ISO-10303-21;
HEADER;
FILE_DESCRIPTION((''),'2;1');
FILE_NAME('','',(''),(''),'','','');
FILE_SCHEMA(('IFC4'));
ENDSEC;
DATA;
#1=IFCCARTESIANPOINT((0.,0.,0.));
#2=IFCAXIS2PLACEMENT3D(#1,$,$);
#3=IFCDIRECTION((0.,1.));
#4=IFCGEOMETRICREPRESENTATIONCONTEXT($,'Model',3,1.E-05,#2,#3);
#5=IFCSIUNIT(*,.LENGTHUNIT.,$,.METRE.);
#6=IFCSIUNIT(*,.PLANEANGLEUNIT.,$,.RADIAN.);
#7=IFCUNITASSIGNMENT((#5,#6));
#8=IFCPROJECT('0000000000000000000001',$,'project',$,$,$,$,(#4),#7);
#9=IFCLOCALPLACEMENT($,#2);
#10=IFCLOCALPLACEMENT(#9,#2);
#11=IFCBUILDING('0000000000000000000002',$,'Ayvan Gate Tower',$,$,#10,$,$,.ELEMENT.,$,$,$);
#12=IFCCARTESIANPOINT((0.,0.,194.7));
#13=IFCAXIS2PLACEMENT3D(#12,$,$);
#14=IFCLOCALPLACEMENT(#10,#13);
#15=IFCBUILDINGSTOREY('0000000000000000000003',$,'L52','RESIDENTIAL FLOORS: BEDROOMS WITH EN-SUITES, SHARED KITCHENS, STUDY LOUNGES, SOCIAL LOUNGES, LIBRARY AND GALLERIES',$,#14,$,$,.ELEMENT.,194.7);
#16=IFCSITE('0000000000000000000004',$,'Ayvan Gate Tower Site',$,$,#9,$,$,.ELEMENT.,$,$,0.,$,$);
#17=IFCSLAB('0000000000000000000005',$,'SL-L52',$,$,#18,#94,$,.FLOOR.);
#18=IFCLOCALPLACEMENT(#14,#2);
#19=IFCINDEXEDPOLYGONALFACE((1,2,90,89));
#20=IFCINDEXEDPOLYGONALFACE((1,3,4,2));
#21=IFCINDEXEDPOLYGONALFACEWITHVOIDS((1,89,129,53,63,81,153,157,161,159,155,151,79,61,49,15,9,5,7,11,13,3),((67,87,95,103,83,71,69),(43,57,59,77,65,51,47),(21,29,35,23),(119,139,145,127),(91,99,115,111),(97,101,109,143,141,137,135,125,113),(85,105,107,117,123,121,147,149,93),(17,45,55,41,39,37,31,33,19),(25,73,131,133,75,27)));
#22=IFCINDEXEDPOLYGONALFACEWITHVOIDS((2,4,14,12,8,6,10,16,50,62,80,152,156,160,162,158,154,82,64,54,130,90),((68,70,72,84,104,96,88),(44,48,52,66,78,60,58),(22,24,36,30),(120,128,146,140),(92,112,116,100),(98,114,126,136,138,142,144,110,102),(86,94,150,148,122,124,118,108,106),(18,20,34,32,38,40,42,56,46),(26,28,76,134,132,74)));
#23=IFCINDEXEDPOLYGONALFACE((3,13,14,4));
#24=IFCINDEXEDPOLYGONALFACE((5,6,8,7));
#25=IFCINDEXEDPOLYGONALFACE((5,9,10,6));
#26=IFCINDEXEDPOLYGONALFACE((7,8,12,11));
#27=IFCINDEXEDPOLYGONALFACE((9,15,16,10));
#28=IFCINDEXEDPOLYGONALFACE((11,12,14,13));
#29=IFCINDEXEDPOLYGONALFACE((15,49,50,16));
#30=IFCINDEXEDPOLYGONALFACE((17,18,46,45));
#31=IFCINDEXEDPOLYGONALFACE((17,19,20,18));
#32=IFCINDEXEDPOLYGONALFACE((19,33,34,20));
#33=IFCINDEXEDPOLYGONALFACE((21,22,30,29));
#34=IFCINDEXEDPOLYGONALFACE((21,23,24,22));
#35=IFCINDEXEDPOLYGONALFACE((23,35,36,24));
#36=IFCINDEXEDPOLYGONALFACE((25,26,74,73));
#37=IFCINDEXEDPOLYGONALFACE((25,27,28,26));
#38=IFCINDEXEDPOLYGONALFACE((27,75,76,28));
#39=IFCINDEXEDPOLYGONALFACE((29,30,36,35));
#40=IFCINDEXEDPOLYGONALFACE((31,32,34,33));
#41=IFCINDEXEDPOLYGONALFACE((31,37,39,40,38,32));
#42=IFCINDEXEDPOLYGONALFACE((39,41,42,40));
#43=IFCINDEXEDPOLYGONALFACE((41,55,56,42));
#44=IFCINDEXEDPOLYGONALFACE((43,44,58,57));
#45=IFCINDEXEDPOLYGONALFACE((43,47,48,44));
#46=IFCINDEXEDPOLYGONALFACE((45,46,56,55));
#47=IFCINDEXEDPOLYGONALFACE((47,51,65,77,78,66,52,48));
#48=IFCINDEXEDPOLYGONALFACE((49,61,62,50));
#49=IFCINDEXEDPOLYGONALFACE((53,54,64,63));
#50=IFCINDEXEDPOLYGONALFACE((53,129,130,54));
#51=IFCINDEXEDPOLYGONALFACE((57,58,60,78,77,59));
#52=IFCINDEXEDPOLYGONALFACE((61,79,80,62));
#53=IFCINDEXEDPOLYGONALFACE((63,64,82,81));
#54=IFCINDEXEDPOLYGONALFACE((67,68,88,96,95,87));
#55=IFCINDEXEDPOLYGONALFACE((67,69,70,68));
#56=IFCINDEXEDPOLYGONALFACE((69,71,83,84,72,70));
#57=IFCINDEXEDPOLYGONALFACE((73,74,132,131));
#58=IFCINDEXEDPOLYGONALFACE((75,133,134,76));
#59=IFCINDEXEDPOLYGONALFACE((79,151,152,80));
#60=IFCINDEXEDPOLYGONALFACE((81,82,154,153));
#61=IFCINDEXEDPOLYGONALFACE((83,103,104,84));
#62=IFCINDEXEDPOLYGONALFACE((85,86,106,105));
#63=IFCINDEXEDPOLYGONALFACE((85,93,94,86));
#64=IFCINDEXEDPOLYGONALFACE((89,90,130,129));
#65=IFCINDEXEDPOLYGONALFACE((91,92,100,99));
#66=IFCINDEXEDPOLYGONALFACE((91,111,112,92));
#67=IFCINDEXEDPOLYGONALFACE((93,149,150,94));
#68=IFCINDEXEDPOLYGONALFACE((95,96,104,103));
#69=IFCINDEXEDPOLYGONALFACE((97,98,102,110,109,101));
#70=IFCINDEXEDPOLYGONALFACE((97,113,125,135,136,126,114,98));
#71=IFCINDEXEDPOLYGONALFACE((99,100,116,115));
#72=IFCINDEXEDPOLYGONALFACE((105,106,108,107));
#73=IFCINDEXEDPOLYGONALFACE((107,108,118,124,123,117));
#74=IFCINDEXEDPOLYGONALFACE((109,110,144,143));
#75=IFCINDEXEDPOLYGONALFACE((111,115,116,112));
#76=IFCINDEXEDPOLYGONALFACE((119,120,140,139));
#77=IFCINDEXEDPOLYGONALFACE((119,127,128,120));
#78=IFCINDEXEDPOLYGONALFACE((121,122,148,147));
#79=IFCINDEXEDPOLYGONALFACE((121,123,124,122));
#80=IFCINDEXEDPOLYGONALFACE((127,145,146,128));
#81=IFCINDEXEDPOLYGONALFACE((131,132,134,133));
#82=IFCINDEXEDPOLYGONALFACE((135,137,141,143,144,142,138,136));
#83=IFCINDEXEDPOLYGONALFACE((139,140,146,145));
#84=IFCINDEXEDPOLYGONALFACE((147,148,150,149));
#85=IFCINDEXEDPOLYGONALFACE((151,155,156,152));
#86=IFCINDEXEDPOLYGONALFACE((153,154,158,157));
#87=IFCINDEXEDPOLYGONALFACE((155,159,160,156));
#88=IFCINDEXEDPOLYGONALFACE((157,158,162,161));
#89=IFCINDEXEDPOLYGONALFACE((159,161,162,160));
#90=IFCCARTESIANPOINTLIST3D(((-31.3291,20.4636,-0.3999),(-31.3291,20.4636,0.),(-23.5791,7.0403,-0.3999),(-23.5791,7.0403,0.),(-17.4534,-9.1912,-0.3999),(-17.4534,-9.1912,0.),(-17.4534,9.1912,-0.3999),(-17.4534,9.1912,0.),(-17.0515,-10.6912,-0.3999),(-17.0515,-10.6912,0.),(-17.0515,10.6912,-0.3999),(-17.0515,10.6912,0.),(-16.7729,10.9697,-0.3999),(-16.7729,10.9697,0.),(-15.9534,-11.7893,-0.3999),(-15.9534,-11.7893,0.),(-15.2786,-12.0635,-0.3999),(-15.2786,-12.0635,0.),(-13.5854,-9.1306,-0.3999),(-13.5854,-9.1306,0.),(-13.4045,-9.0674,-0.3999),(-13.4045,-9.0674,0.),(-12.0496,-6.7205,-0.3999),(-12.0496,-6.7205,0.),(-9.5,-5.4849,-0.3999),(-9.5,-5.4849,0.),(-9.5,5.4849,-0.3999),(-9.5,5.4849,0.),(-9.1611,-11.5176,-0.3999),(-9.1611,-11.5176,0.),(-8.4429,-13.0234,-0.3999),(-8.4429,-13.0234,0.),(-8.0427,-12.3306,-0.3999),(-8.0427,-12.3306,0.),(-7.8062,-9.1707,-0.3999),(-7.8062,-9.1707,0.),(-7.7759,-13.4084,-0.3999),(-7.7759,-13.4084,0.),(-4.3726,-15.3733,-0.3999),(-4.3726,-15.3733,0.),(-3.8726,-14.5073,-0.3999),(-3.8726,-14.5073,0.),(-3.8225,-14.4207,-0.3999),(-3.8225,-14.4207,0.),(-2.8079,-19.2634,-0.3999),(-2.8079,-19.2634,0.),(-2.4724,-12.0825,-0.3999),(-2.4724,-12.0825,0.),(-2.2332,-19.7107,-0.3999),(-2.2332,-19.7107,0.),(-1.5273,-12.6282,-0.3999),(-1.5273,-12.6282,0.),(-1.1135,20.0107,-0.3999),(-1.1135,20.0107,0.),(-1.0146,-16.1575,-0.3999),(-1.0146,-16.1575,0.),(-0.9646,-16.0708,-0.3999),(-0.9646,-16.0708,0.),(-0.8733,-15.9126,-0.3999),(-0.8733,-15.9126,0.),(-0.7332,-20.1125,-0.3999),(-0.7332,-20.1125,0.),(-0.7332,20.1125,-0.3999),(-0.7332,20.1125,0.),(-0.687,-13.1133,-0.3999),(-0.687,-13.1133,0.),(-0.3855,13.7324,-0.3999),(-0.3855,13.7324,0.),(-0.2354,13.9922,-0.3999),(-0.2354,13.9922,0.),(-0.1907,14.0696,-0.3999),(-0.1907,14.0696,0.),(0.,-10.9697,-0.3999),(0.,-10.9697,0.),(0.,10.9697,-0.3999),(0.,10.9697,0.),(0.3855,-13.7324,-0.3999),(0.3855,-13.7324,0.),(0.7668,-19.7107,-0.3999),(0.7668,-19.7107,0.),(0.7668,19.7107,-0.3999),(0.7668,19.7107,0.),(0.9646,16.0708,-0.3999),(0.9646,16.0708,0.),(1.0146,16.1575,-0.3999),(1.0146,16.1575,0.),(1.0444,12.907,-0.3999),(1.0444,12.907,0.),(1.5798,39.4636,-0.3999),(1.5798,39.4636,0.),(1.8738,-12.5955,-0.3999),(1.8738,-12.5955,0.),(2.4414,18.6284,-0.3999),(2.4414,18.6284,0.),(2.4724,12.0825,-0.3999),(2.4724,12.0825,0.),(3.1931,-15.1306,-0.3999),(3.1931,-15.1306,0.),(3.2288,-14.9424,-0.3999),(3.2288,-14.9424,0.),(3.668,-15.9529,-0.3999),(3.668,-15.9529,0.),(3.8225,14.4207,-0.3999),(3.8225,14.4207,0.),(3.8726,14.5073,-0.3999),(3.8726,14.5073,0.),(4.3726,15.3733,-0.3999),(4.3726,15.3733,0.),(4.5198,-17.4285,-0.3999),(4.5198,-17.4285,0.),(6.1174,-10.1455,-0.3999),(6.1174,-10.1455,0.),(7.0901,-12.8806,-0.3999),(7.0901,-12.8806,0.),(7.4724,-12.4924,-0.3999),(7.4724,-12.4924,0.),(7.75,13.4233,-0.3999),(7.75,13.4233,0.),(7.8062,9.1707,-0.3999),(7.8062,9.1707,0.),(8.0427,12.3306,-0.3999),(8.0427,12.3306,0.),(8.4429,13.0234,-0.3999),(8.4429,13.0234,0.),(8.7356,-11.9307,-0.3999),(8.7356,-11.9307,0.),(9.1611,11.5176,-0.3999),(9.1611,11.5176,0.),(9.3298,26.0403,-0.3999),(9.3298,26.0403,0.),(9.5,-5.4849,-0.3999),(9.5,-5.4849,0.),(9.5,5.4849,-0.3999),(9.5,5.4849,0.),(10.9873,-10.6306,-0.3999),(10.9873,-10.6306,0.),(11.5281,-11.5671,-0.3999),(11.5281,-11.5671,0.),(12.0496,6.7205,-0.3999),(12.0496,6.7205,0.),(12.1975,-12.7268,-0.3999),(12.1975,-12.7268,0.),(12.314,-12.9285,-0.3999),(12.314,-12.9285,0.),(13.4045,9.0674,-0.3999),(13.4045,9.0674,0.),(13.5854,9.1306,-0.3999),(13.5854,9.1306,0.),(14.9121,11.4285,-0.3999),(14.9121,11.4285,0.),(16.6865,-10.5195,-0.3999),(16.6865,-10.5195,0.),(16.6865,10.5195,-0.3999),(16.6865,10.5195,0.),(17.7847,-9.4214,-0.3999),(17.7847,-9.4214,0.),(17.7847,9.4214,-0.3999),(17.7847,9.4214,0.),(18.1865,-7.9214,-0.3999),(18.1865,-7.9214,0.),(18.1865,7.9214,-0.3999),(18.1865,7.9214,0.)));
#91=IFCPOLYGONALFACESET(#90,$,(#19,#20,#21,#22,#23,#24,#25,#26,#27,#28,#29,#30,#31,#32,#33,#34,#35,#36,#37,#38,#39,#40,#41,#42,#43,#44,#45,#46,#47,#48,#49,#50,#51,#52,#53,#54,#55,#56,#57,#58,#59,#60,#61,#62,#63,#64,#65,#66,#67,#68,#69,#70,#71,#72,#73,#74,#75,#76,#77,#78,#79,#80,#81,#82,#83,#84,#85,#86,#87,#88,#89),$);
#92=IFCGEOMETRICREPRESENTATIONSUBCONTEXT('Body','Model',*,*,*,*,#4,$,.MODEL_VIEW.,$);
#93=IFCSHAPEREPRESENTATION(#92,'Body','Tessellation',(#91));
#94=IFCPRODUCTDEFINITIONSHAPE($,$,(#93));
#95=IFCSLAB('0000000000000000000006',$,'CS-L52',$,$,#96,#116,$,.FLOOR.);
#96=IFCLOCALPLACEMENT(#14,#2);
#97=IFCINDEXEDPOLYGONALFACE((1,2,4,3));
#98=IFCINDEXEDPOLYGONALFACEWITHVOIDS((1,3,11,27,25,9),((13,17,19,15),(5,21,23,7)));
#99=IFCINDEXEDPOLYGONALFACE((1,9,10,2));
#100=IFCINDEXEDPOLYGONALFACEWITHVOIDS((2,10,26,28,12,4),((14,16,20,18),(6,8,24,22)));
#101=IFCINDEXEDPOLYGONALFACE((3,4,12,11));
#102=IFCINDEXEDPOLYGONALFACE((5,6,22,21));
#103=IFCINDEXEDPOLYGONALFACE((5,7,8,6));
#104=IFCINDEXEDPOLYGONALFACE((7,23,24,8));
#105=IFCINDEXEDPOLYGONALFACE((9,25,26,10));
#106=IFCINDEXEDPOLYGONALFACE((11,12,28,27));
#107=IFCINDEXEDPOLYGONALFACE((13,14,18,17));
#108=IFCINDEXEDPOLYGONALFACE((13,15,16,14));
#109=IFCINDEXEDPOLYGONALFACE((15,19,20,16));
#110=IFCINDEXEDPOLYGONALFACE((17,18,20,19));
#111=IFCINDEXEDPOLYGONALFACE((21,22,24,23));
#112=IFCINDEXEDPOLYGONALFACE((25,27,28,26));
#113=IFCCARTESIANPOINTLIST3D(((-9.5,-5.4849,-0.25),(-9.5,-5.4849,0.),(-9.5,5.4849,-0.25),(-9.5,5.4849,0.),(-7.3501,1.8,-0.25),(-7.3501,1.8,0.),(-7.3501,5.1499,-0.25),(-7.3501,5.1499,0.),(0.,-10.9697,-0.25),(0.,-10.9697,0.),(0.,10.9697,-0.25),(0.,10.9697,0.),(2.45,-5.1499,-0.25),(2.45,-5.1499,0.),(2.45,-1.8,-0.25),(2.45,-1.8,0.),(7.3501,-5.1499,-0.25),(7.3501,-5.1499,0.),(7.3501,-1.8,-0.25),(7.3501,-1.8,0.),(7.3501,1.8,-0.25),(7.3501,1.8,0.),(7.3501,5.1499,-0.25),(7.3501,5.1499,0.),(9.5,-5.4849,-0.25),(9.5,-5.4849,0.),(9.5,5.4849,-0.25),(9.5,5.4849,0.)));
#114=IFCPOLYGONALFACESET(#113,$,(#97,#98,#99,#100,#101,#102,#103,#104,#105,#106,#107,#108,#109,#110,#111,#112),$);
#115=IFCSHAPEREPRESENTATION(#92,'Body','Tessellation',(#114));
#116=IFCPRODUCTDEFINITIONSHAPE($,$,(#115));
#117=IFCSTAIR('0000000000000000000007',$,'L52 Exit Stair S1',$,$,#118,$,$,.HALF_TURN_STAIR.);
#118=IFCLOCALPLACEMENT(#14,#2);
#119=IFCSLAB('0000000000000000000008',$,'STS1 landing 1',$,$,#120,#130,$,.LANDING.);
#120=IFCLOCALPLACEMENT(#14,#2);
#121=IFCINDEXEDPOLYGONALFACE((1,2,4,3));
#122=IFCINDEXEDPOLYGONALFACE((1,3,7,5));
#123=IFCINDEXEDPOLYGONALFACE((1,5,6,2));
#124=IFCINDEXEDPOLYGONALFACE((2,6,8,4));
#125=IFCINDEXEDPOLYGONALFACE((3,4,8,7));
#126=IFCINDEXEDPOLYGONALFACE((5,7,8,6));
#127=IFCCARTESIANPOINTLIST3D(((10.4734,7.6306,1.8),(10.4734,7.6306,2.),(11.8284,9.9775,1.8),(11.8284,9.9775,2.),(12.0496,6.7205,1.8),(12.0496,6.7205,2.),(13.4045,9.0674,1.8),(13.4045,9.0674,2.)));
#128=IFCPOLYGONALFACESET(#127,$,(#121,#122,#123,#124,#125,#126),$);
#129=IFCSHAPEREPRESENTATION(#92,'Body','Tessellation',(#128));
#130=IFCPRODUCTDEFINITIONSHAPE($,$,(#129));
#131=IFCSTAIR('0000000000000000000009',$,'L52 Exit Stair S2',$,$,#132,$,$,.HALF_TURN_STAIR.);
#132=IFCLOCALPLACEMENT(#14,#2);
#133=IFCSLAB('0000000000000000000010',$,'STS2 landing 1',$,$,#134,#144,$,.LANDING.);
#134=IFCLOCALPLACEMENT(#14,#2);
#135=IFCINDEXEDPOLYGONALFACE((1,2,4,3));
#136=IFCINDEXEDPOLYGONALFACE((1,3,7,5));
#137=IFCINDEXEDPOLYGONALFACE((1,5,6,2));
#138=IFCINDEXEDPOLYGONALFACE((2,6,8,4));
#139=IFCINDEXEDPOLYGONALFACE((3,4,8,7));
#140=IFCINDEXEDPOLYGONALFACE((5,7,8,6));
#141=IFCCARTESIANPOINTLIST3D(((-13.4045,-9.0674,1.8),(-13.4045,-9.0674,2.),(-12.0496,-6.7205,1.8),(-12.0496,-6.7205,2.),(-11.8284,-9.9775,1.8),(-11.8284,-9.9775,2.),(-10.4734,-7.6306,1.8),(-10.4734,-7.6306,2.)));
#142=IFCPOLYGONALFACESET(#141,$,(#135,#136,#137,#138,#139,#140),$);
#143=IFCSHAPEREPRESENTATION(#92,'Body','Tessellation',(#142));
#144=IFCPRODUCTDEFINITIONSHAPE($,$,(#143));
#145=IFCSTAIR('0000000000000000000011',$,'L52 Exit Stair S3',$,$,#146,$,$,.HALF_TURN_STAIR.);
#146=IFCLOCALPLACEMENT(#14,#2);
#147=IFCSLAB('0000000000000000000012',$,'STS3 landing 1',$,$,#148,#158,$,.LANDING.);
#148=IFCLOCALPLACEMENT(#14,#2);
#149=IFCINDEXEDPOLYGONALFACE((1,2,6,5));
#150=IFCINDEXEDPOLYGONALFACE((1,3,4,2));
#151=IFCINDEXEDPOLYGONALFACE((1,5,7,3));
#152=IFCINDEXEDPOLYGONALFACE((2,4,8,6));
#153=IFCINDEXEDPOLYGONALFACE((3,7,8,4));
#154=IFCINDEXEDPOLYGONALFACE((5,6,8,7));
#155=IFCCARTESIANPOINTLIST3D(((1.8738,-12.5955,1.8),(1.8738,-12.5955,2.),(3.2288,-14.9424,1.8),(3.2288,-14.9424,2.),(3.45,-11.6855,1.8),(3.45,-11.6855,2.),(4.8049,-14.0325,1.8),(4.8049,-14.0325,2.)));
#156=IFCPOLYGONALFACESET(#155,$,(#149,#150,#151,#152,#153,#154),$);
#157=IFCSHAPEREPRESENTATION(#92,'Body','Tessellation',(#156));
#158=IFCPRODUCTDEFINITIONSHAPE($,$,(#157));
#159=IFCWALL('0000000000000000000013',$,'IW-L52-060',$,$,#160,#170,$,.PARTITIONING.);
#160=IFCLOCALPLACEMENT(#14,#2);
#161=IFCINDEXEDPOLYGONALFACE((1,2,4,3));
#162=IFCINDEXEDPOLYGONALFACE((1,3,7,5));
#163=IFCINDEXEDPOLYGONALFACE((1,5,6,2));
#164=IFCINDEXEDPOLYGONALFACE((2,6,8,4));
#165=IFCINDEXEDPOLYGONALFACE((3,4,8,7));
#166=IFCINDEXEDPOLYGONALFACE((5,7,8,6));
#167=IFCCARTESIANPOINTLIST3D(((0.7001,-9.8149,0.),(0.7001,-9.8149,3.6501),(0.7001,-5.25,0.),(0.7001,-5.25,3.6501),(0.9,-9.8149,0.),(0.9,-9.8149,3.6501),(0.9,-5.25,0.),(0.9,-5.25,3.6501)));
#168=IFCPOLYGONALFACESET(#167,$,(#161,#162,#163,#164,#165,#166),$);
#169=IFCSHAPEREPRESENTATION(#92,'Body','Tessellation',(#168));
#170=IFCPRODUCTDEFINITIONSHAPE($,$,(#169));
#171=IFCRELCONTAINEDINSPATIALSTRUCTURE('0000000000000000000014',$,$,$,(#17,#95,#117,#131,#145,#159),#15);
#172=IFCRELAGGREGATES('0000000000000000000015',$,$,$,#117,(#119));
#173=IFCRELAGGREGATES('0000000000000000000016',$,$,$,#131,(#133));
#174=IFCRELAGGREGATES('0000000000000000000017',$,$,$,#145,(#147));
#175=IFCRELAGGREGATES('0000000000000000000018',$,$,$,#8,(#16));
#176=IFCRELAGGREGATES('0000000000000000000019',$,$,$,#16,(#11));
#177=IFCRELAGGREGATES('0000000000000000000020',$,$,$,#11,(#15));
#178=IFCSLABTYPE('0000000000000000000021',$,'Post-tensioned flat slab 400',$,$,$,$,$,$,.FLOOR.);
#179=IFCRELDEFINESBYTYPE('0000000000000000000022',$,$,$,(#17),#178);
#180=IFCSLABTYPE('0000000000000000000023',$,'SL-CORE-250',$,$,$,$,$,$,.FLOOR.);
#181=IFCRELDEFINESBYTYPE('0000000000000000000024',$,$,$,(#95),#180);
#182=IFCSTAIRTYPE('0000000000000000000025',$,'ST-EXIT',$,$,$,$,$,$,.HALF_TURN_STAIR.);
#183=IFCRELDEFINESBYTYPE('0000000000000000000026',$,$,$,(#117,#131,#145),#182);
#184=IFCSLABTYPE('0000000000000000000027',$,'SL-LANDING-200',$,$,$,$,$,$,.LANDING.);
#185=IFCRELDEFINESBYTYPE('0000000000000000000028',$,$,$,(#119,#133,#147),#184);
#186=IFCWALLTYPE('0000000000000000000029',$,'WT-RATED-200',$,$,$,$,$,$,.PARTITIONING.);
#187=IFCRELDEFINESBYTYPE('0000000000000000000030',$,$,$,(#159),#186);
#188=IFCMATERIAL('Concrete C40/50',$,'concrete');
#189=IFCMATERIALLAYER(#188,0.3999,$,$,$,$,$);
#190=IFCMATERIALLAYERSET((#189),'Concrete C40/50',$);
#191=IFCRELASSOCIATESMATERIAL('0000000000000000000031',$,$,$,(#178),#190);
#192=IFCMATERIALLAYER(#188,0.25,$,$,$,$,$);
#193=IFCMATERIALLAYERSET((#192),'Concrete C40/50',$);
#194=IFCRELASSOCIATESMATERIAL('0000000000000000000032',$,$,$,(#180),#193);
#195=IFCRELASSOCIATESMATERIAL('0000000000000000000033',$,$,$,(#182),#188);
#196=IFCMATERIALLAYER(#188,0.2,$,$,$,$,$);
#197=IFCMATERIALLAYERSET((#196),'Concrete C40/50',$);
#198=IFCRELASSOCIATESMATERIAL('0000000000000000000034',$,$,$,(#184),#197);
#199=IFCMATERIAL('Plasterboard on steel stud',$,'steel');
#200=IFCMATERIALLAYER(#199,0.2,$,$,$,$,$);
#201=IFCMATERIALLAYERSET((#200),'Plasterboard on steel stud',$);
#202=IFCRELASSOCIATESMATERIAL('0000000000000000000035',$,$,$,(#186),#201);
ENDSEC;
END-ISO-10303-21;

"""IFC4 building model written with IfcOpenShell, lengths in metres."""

from ifc_helpers import new_model, si_unit, direction, frame, frame_2d, origin, place, context, subcontext, project, spatial, polyline, rectangle, outline, extrude, material, layer, layer_set, type_object, element, aggregate, save


model = new_model("IFC4")

# Units and contexts
model_context = context("Model", 3, precision=1e-05, world=origin(), true_north=direction((0.0, 1.0)))
body_context = subcontext(model_context, "Body", "Model", "MODEL_VIEW")
ifc_project = project(units=[si_unit("LENGTHUNIT", "METRE"), si_unit("PLANEANGLEUNIT", "RADIAN")], contexts=[model_context])

# Site, building, storey
site_placement = place(None, origin())
site = spatial("IfcSite", under=ifc_project, at=site_placement, Name="Ayvan Gate Tower Site", CompositionType="ELEMENT", RefElevation=0.0)
building_placement = place(site_placement, origin())
building = spatial("IfcBuilding", under=site, at=building_placement, Name="Ayvan Gate Tower", CompositionType="ELEMENT")
storey_placement = place(building_placement, frame((0.0, 0.0, 194.7)))
storey = spatial("IfcBuildingStorey", under=building, at=storey_placement, Name="L52", Description="RESIDENTIAL FLOORS: BEDROOMS WITH EN-SUITES, SHARED KITCHENS, STUDY LOUNGES, SOCIAL LOUNGES, LIBRARY AND GALLERIES", CompositionType="ELEMENT", Elevation=194.7)

# Slabs
ifc_material_1 = material(Name="Concrete C40/50", Category="concrete")
ifc_layer_1 = layer(ifc_material_1, 0.3999)
ifc_layer_set_1 = layer_set([ifc_layer_1], Name="Concrete C40/50")
slab_type_1 = type_object("IfcSlabType", Name="Post-tensioned flat slab 400", PredefinedType="FLOOR", material=ifc_layer_set_1)
slab_1_placement = place(storey_placement, frame((0.0, 0.0, -0.3999)))
element("IfcSlab", 1, at=slab_1_placement, inside=storey, type_object=slab_type_1, Name="SL-L52", PredefinedType="FLOOR", context=body_context, shape_type="SweptSolid", body=[
    extrude(outline(polyline([(-17.0515, -10.6912), (-17.4534, -9.1912), (-17.4534, 9.1912), (-17.0515, 10.6912), (-16.7729, 10.9697), (-23.5791, 7.0403), (-31.3291, 20.4636), (1.5798, 39.4636), (9.3298, 26.0403), (-1.1135, 20.0107), (-0.7332, 20.1125), (0.7668, 19.7107), (16.6865, 10.5195), (17.7847, 9.4214), (18.1865, 7.9214), (18.1865, -7.9214), (17.7847, -9.4214), (16.6865, -10.5195), (0.7668, -19.7107), (-0.7332, -20.1125), (-2.2332, -19.7107), (-15.9534, -11.7893), (-17.0515, -10.6912)]), holes=[polyline([(4.3726, 15.3733), (7.75, 13.4233), (8.4429, 13.0234), (8.0427, 12.3306), (13.5854, 9.1306), (14.9121, 11.4285), (2.4414, 18.6284), (1.0146, 16.1575), (3.8726, 14.5073), (4.3726, 15.3733)]), polyline([(7.8062, 9.1707), (12.0496, 6.7205), (13.4045, 9.0674), (9.1611, 11.5176), (7.8062, 9.1707)]), polyline([(3.668, -15.9529), (4.5198, -17.4285), (12.314, -12.9285), (12.1975, -12.7268), (11.5281, -11.5671), (10.9873, -10.6306), (8.7356, -11.9307), (7.0901, -12.8806), (3.1931, -15.1306), (3.668, -15.9529)]), polyline([(-9.5, -5.4849), (0.0, -10.9697), (9.5, -5.4849), (9.5, 5.4849), (0.0, 10.9697), (-9.5, 5.4849), (-9.5, -5.4849)]), polyline([(6.1174, -10.1455), (1.8738, -12.5955), (3.2288, -14.9424), (7.4724, -12.4924), (6.1174, -10.1455)]), polyline([(3.8225, 14.4207), (0.9646, 16.0708), (-0.1907, 14.0696), (-0.2354, 13.9922), (-0.3855, 13.7324), (1.0444, 12.907), (2.4724, 12.0825), (3.8225, 14.4207)]), polyline([(-1.5273, -12.6282), (-2.4724, -12.0825), (-3.8225, -14.4207), (-0.9646, -16.0708), (-0.8733, -15.9126), (0.3855, -13.7324), (-0.687, -13.1133), (-1.5273, -12.6282)]), polyline([(-15.2786, -12.0635), (-2.8079, -19.2634), (-1.0146, -16.1575), (-3.8726, -14.5073), (-4.3726, -15.3733), (-7.7759, -13.4084), (-8.4429, -13.0234), (-8.0427, -12.3306), (-13.5854, -9.1306), (-15.2786, -12.0635)]), polyline([(-13.4045, -9.0674), (-9.1611, -11.5176), (-7.8062, -9.1707), (-12.0496, -6.7205), (-13.4045, -9.0674)])]), origin(), (0.0, 0.0, 1.0), 0.3999),
])
ifc_layer_2 = layer(ifc_material_1, 0.25)
ifc_layer_set_2 = layer_set([ifc_layer_2], Name="Concrete C40/50")
slab_type_2 = type_object("IfcSlabType", Name="SL-CORE-250", PredefinedType="FLOOR", material=ifc_layer_set_2)
slab_2_placement = place(storey_placement, frame((0.0, 0.0, -0.25)))
element("IfcSlab", 2, at=slab_2_placement, inside=storey, type_object=slab_type_2, Name="CS-L52", PredefinedType="FLOOR", context=body_context, shape_type="SweptSolid", body=[
    extrude(outline(polyline([(9.5, -5.4849), (0.0, -10.9697), (-9.5, -5.4849), (-9.5, 5.4849), (0.0, 10.9697), (9.5, 5.4849), (9.5, -5.4849)]), holes=[polyline([(-7.3501, 5.1499), (-7.3501, 1.8), (7.3501, 1.8), (7.3501, 5.1499), (-7.3501, 5.1499)]), polyline([(2.45, -1.8), (2.45, -5.1499), (7.3501, -5.1499), (7.3501, -1.8), (2.45, -1.8)])]), origin(), (0.0, 0.0, 1.0), 0.25),
])

# Stairs, slabs
stair_type = type_object("IfcStairType", Name="ST-EXIT", PredefinedType="HALF_TURN_STAIR", material=ifc_material_1)
stair_1_placement = place(storey_placement, origin())
stair_1 = element("IfcStair", 3, at=stair_1_placement, inside=storey, type_object=stair_type, Name="L52 Exit Stair S1", PredefinedType="HALF_TURN_STAIR")
ifc_layer_3 = layer(ifc_material_1, 0.2)
ifc_layer_set_3 = layer_set([ifc_layer_3], Name="Concrete C40/50")
slab_type_3 = type_object("IfcSlabType", Name="SL-LANDING-200", PredefinedType="LANDING", material=ifc_layer_set_3)
slab_3_placement = place(storey_placement, frame((0.0, 0.0, 1.8)))
slab_3 = element("IfcSlab", 4, at=slab_3_placement, type_object=slab_type_3, Name="STS1 landing 1", PredefinedType="LANDING", context=body_context, shape_type="SweptSolid", body=[
    extrude(outline(polyline([(10.4734, 7.6306), (12.0496, 6.7205), (13.4045, 9.0674), (11.8284, 9.9775), (10.4734, 7.6306)])), origin(), (0.0, 0.0, 1.0), 0.2),
])
aggregate(stair_1, [slab_3])
stair_2_placement = place(storey_placement, origin())
stair_2 = element("IfcStair", 5, at=stair_2_placement, inside=storey, type_object=stair_type, Name="L52 Exit Stair S2", PredefinedType="HALF_TURN_STAIR")
slab_4_placement = place(storey_placement, frame((0.0, 0.0, 1.8)))
slab_4 = element("IfcSlab", 6, at=slab_4_placement, type_object=slab_type_3, Name="STS2 landing 1", PredefinedType="LANDING", context=body_context, shape_type="SweptSolid", body=[
    extrude(outline(polyline([(-10.4734, -7.6306), (-12.0496, -6.7205), (-13.4045, -9.0674), (-11.8284, -9.9775), (-10.4734, -7.6306)])), origin(), (0.0, 0.0, 1.0), 0.2),
])
aggregate(stair_2, [slab_4])
stair_3_placement = place(storey_placement, origin())
stair_3 = element("IfcStair", 7, at=stair_3_placement, inside=storey, type_object=stair_type, Name="L52 Exit Stair S3", PredefinedType="HALF_TURN_STAIR")
slab_5_placement = place(storey_placement, frame((0.0, 0.0, 1.8)))
slab_5 = element("IfcSlab", 8, at=slab_5_placement, type_object=slab_type_3, Name="STS3 landing 1", PredefinedType="LANDING", context=body_context, shape_type="SweptSolid", body=[
    extrude(outline(polyline([(3.45, -11.6855), (1.8738, -12.5955), (3.2288, -14.9424), (4.8049, -14.0325), (3.45, -11.6855)])), origin(), (0.0, 0.0, 1.0), 0.2),
])
aggregate(stair_3, [slab_5])

# Wall
ifc_material_2 = material(Name="Plasterboard on steel stud", Category="steel")
ifc_layer_4 = layer(ifc_material_2, 0.2)
ifc_layer_set_4 = layer_set([ifc_layer_4], Name="Plasterboard on steel stud")
wall_type_1 = type_object("IfcWallType", Name="WT-RATED-200", PredefinedType="PARTITIONING", material=ifc_layer_set_4)
wall_1_placement = place(storey_placement, frame((0.8, -5.25, 0.0), z_axis=(0.0, 0.0, 1.0), x_axis=(0.0, -1.0, 0.0)))
element("IfcWall", 9, at=wall_1_placement, inside=storey, type_object=wall_type_1, Name="IW-L52-060", PredefinedType="PARTITIONING", context=body_context, shape_type="SweptSolid", body=[
    extrude(rectangle(XDim=4.5649, YDim=0.2, at=frame_2d((2.2825, 0.0))), origin(), (0.0, 0.0, 1.0), 3.6501),
])

save(model, "model.ifc")
